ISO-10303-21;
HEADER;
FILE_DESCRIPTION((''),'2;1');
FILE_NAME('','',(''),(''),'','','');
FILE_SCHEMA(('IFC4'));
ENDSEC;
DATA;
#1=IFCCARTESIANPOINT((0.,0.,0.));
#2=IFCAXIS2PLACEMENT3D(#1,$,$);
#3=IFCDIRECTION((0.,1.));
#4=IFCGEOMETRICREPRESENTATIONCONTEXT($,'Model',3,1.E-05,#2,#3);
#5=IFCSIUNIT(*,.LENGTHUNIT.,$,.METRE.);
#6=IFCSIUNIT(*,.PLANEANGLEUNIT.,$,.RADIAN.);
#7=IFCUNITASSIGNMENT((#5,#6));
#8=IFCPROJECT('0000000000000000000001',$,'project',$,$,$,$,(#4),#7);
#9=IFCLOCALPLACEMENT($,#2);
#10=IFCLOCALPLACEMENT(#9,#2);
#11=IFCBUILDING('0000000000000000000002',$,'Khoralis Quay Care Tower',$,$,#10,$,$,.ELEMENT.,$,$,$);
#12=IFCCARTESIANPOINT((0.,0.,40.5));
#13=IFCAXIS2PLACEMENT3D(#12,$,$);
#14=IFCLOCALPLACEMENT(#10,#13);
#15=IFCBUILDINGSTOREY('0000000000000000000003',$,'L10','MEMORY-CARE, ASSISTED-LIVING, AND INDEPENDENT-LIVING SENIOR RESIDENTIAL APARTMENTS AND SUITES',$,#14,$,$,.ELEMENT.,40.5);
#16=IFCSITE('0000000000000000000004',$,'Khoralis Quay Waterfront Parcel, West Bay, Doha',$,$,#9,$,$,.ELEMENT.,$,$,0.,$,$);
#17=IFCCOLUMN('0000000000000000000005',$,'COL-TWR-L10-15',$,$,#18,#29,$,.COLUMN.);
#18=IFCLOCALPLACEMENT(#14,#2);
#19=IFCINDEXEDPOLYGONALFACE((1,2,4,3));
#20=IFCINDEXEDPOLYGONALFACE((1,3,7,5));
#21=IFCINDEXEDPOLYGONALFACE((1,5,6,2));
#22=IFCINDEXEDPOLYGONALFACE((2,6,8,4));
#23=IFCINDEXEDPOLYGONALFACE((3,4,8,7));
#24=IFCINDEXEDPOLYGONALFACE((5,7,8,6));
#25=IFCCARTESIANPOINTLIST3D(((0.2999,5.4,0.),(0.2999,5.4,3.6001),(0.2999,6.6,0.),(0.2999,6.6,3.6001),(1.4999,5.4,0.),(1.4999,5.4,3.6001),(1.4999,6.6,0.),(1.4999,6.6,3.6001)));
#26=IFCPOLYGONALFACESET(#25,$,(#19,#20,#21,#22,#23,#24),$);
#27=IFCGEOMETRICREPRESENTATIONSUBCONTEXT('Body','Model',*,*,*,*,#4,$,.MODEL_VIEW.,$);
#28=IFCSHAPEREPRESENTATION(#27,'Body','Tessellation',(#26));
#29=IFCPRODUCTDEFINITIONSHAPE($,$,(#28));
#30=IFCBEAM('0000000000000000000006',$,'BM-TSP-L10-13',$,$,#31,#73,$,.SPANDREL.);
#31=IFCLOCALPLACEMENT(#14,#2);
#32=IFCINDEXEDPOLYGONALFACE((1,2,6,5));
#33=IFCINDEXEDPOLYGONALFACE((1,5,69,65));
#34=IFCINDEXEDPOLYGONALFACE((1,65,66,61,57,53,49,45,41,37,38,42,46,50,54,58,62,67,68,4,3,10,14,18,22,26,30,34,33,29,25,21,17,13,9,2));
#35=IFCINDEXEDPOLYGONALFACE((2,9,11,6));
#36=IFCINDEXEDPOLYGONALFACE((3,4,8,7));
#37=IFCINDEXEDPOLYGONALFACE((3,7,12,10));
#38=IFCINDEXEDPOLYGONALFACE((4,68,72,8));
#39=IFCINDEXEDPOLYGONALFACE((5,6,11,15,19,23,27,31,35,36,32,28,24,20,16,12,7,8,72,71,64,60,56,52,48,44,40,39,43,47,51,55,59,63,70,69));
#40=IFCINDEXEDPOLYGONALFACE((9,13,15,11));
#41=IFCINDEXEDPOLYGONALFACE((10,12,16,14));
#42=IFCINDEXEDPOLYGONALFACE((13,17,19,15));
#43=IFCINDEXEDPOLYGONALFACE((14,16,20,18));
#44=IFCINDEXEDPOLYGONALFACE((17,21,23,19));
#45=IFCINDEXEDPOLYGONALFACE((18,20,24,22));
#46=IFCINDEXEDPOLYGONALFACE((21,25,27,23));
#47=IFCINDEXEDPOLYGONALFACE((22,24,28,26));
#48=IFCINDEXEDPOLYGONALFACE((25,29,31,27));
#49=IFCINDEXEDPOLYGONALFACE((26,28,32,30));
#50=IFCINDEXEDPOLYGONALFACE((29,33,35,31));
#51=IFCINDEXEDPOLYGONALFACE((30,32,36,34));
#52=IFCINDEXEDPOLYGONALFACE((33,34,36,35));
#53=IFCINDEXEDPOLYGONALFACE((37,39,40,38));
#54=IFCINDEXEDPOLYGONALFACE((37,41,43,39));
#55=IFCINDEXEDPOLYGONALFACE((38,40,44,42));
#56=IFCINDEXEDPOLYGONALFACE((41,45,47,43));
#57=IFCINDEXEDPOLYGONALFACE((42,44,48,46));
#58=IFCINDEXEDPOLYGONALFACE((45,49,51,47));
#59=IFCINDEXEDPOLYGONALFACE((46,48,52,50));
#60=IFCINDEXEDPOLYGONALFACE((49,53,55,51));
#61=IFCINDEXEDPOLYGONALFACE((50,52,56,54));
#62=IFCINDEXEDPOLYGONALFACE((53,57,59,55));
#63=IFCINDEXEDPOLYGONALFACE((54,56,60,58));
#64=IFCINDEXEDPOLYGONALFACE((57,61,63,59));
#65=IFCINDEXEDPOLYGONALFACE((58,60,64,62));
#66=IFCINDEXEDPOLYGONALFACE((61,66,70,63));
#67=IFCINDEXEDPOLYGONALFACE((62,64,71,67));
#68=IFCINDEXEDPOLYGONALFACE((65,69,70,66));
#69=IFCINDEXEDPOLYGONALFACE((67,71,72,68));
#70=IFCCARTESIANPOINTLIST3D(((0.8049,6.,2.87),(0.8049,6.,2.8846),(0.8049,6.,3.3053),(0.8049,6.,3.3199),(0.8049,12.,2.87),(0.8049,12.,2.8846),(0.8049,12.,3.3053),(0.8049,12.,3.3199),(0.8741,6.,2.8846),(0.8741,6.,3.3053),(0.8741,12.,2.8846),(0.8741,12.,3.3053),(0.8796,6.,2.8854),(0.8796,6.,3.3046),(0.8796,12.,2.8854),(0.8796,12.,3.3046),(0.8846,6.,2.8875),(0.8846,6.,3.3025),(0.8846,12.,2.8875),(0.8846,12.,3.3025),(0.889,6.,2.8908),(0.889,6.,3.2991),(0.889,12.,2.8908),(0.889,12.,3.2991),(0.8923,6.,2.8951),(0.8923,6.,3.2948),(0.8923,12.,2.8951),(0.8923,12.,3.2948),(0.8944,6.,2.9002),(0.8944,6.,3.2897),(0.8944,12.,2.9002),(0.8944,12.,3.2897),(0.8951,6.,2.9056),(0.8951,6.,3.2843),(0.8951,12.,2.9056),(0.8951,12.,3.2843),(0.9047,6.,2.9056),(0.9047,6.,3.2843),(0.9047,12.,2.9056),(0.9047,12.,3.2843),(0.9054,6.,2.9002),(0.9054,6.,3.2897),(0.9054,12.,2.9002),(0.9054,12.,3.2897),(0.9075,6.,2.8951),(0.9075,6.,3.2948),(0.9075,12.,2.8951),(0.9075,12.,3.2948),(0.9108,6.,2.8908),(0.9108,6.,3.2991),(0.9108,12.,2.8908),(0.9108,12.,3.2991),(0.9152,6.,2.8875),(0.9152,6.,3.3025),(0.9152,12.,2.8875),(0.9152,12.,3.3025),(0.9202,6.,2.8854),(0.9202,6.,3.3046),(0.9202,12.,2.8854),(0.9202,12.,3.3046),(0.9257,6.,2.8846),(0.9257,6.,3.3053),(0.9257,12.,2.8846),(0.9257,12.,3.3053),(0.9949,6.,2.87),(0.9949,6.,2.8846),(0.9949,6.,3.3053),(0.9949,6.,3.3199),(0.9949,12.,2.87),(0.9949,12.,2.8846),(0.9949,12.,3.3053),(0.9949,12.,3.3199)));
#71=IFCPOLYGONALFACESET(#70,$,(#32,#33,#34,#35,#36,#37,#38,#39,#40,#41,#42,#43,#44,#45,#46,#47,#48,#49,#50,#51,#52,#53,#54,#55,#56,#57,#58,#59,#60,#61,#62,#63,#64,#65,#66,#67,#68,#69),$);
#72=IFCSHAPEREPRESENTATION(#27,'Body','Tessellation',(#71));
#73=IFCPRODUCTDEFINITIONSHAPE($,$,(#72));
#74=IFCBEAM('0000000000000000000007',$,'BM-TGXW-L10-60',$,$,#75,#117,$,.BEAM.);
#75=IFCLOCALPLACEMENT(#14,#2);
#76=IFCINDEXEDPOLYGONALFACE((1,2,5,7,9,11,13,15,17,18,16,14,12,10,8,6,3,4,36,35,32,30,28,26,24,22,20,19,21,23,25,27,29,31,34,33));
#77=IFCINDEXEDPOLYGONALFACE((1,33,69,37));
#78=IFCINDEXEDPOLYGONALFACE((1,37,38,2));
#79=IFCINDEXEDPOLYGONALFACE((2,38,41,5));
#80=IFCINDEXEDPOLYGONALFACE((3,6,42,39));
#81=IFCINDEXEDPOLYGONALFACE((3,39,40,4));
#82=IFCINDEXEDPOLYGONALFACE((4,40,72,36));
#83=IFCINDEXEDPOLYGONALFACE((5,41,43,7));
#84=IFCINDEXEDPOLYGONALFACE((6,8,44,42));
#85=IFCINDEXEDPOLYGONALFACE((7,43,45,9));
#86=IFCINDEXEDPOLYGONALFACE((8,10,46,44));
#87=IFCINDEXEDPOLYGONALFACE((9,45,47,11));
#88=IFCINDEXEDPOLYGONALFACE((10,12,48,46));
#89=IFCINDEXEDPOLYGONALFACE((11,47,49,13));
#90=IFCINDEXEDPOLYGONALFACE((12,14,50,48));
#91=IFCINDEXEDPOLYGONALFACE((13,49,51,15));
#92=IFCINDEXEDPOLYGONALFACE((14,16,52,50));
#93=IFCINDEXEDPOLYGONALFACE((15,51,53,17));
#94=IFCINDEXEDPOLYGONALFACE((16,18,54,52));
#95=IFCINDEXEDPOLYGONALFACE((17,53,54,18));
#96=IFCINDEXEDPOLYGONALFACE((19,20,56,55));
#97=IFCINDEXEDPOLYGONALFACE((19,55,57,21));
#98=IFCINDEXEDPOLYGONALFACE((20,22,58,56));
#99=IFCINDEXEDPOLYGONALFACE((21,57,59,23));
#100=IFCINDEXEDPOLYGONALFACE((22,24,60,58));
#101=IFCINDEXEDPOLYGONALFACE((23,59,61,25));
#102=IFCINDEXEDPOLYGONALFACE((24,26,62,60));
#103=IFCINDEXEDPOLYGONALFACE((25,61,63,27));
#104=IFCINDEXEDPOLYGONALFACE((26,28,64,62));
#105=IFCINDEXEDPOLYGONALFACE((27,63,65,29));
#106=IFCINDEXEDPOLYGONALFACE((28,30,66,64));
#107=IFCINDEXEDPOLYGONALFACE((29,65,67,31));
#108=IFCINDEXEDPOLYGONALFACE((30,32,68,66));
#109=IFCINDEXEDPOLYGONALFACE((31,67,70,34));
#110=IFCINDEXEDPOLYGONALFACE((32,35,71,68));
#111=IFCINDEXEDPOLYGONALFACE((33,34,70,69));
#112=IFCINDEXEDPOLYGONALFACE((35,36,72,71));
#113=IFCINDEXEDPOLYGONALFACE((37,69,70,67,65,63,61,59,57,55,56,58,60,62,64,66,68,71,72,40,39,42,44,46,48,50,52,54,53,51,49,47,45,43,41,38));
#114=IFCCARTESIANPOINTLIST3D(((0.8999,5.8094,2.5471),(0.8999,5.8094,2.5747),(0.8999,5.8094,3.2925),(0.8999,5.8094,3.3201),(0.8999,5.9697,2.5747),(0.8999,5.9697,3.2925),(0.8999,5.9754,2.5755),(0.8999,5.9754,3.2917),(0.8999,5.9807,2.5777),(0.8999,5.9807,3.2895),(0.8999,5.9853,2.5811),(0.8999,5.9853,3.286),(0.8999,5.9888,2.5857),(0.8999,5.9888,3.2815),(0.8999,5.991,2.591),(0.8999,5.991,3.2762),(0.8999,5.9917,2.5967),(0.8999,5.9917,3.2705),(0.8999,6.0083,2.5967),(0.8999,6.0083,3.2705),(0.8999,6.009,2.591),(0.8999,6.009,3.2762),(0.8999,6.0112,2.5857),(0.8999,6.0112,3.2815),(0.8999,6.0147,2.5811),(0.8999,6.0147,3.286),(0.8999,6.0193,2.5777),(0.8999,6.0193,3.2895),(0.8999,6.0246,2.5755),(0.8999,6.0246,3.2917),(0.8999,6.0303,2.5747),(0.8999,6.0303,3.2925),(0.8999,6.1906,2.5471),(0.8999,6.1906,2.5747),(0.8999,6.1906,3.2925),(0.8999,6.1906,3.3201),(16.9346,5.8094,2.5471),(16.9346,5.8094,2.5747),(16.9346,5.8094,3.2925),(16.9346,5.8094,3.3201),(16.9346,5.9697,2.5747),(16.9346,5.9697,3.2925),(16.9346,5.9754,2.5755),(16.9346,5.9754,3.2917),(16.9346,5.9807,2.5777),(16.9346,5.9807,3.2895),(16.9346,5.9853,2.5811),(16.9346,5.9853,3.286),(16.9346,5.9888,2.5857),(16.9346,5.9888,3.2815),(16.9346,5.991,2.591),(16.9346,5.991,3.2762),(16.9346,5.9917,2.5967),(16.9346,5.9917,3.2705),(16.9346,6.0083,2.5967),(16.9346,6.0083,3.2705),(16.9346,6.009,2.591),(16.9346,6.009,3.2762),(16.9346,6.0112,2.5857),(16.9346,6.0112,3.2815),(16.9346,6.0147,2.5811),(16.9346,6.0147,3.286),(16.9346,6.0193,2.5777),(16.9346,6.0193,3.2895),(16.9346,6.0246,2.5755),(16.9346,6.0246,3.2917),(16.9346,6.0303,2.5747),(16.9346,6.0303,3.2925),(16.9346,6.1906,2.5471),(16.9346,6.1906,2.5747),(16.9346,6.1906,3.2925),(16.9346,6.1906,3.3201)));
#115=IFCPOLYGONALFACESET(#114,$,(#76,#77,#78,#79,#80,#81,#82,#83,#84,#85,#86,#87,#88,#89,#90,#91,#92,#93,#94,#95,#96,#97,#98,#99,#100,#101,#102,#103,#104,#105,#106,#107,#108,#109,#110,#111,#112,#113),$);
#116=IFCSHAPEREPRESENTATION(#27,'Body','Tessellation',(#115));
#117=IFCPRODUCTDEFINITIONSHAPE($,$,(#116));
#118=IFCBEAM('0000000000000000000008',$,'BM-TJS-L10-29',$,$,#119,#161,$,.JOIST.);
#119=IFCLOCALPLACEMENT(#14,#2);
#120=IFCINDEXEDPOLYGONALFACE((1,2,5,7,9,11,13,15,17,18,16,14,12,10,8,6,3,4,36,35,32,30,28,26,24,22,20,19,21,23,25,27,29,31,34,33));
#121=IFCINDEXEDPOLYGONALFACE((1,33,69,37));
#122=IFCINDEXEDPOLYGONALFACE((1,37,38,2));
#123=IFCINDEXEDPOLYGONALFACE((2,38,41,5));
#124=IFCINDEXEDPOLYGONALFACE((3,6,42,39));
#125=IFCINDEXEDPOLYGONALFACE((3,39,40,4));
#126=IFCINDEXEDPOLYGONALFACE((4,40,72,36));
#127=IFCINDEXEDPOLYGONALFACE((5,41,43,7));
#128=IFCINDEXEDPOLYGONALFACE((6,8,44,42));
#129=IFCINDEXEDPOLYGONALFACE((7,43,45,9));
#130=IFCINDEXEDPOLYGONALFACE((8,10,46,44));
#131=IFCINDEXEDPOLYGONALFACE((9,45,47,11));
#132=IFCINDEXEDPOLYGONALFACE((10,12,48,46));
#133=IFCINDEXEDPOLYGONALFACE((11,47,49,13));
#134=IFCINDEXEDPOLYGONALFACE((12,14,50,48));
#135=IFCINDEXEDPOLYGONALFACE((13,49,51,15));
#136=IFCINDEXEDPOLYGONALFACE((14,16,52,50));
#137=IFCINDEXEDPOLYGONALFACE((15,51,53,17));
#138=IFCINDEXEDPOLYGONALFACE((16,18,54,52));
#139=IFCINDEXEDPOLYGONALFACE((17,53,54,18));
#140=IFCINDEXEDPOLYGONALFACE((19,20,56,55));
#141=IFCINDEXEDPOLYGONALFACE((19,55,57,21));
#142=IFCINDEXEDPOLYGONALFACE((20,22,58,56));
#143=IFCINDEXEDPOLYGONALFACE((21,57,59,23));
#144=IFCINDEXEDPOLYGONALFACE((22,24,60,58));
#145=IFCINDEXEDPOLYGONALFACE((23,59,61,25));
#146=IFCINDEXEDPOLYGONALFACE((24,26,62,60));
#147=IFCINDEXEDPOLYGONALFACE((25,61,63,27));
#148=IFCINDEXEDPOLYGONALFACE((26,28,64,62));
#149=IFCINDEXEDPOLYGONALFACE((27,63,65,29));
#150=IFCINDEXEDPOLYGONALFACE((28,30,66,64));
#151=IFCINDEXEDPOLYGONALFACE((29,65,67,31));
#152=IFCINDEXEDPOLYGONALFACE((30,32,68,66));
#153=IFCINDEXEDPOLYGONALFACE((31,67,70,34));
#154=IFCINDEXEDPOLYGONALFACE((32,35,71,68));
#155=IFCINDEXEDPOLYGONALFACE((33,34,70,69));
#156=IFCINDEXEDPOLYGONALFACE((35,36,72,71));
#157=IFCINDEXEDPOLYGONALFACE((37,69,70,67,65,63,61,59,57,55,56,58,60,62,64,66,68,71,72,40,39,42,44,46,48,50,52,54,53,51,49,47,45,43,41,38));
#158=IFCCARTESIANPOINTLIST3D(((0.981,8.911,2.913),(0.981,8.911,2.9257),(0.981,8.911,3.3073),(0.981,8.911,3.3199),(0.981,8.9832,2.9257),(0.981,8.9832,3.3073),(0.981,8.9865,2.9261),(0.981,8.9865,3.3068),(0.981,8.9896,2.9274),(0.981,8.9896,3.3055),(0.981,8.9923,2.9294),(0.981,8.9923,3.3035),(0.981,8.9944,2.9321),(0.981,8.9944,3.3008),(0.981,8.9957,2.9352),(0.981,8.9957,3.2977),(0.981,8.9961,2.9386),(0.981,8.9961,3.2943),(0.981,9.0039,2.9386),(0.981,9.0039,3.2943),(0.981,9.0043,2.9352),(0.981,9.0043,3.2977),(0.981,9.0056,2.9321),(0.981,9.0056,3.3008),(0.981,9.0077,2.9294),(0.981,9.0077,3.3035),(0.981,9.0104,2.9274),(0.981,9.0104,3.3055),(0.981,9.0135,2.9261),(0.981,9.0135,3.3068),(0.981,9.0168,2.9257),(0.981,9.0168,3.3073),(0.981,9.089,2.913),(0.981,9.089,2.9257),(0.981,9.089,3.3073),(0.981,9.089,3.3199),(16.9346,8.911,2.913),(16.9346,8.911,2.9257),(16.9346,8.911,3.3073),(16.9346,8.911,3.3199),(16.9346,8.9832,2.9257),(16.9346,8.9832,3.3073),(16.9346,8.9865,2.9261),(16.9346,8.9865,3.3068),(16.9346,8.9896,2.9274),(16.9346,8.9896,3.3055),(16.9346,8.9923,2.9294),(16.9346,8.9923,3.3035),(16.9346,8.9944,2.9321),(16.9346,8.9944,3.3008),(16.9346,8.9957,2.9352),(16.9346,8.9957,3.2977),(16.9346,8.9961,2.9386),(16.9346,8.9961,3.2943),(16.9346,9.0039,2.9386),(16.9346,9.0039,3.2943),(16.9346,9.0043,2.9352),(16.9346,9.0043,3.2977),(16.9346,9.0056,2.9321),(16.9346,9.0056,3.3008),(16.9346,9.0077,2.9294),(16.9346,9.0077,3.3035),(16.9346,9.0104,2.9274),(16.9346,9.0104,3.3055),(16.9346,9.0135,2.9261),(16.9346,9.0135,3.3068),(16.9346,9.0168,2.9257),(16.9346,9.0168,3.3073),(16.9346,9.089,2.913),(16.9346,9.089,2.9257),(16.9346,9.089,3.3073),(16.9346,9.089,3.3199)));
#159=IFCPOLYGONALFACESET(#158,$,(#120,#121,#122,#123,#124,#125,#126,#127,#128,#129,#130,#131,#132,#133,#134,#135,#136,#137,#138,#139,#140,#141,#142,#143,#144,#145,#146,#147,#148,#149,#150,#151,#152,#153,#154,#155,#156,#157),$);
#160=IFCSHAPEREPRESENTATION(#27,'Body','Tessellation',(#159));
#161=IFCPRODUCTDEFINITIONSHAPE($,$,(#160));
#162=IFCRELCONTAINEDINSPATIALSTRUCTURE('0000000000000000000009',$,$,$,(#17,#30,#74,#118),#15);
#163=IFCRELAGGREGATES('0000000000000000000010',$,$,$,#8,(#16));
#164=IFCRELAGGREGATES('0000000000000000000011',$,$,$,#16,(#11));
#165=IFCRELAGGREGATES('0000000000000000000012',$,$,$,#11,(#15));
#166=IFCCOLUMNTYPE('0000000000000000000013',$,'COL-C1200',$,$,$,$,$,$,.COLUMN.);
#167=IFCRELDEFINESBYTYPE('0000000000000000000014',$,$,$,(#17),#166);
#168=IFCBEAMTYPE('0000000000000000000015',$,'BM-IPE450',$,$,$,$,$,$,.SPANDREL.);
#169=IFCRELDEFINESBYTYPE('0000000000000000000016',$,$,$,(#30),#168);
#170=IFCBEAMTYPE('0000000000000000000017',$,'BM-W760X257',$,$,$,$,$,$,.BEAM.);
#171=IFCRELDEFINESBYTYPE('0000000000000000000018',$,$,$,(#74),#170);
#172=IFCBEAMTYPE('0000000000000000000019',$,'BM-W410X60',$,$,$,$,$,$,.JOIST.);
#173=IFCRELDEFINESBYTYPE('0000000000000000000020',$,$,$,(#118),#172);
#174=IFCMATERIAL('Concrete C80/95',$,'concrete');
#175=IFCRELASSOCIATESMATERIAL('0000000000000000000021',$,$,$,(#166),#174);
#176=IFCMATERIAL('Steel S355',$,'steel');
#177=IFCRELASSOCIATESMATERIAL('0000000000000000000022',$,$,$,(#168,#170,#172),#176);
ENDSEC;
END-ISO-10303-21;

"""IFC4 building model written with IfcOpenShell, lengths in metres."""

from ifc_helpers import new_model, si_unit, direction, frame, origin, origin_2d, place, context, subcontext, project, spatial, rectangle, i_section, extrude, source, transform, mapped, material, material_profile, profile_set, type_object, element, save


model = new_model("IFC4")

# Units and contexts
model_context = context("Model", 3, precision=1e-05, world=origin(), true_north=direction((0.0, 1.0)))
body_context = subcontext(model_context, "Body", "Model", "MODEL_VIEW")
ifc_project = project(units=[si_unit("LENGTHUNIT", "METRE"), si_unit("PLANEANGLEUNIT", "RADIAN")], contexts=[model_context])

# Site, building, storey
site_placement = place(None, origin())
site = spatial("IfcSite", under=ifc_project, at=site_placement, Name="Khoralis Quay Waterfront Parcel, West Bay, Doha", CompositionType="ELEMENT", RefElevation=0.0)
building_placement = place(site_placement, origin())
building = spatial("IfcBuilding", under=site, at=building_placement, Name="Khoralis Quay Care Tower", CompositionType="ELEMENT")
storey_placement = place(building_placement, frame((0.0, 0.0, 40.5)))
storey = spatial("IfcBuildingStorey", under=building, at=storey_placement, Name="L10", Description="MEMORY-CARE, ASSISTED-LIVING, AND INDEPENDENT-LIVING SENIOR RESIDENTIAL APARTMENTS AND SUITES", CompositionType="ELEMENT", Elevation=40.5)

# Column
ifc_material_1 = material(Name="Concrete C80/95", Category="concrete")
ifc_material_profile_1 = material_profile(ifc_material_1, rectangle(XDim=1.2, YDim=1.2, at=origin_2d()), Name="Concrete C80/95")
ifc_profile_set_1 = profile_set([ifc_material_profile_1], Name="Concrete C80/95")
column_type = type_object("IfcColumnType", Name="COL-C1200", PredefinedType="COLUMN", material=ifc_profile_set_1)
shared_shape_1 = source(origin(), body_context, "Body", "SweptSolid", [
    extrude(rectangle(XDim=1.2, YDim=1.2, at=origin_2d()), origin(), (0.0, 0.0, 1.0), 3.6001),
])
column_placement = place(storey_placement, frame((0.8999, 6.0, 0.0), z_axis=(0.0, 0.0, 1.0), x_axis=(1.0, 0.0, 0.0)))
element("IfcColumn", 1, at=column_placement, inside=storey, type_object=column_type, Name="COL-TWR-L10-15", PredefinedType="COLUMN", context=body_context, shape_type="MappedRepresentation", body=[
    mapped(shared_shape_1, transform((0.0, 0.0, 0.0), scale=1.0)),
])

# Beams
ifc_material_2 = material(Name="Steel S355", Category="steel")
ifc_material_profile_2 = material_profile(ifc_material_2, i_section(OverallWidth=0.1899, OverallDepth=0.45, WebThickness=0.0095, FlangeThickness=0.0146, FilletRadius=0.021, at=origin_2d()), Name="Steel S355")
ifc_profile_set_2 = profile_set([ifc_material_profile_2], Name="Steel S355")
beam_type_1 = type_object("IfcBeamType", Name="BM-IPE450", PredefinedType="SPANDREL", material=ifc_profile_set_2)
shared_shape_2 = source(origin(), body_context, "Body", "SweptSolid", [
    extrude(i_section(OverallWidth=0.1899, OverallDepth=0.45, WebThickness=0.0095, FlangeThickness=0.0146, FilletRadius=0.021, at=origin_2d()), origin(), (0.0, 0.0, 1.0), 6.0),
])
beam_1_placement = place(storey_placement, frame((0.8999, 6.0, 3.095), z_axis=(0.0, 1.0, 0.0), x_axis=(-1.0, 0.0, 0.0)))
element("IfcBeam", 2, at=beam_1_placement, inside=storey, type_object=beam_type_1, Name="BM-TSP-L10-13", PredefinedType="SPANDREL", context=body_context, shape_type="MappedRepresentation", body=[
    mapped(shared_shape_2, transform((0.0, 0.0, 0.0), scale=1.0)),
])
ifc_material_profile_3 = material_profile(ifc_material_2, i_section(OverallWidth=0.3811, OverallDepth=0.7729, WebThickness=0.0166, FlangeThickness=0.0276, FilletRadius=0.022, at=origin_2d()), Name="Steel S355")
ifc_profile_set_3 = profile_set([ifc_material_profile_3], Name="Steel S355")
beam_type_2 = type_object("IfcBeamType", Name="BM-W760X257", PredefinedType="BEAM", material=ifc_profile_set_3)
shared_shape_3 = source(origin(), body_context, "Body", "SweptSolid", [
    extrude(i_section(OverallWidth=0.3811, OverallDepth=0.7729, WebThickness=0.0166, FlangeThickness=0.0276, FilletRadius=0.022, at=origin_2d()), origin(), (0.0, 0.0, 1.0), 16.0347),
])
beam_2_placement = place(storey_placement, frame((0.8999, 6.0, 2.9336), z_axis=(1.0, 0.0, 0.0), x_axis=(0.0, 1.0, 0.0)))
element("IfcBeam", 3, at=beam_2_placement, inside=storey, type_object=beam_type_2, Name="BM-TGXW-L10-60", PredefinedType="BEAM", context=body_context, shape_type="MappedRepresentation", body=[
    mapped(shared_shape_3, transform((0.0, 0.0, 0.0), scale=1.0)),
])
ifc_material_profile_4 = material_profile(ifc_material_2, i_section(OverallWidth=0.178, OverallDepth=0.407, WebThickness=0.0078, FlangeThickness=0.0127, FilletRadius=0.0129, at=origin_2d()), Name="Steel S355")
ifc_profile_set_4 = profile_set([ifc_material_profile_4], Name="Steel S355")
beam_type_3 = type_object("IfcBeamType", Name="BM-W410X60", PredefinedType="JOIST", material=ifc_profile_set_4)
shared_shape_4 = source(origin(), body_context, "Body", "SweptSolid", [
    extrude(i_section(OverallWidth=0.178, OverallDepth=0.407, WebThickness=0.0078, FlangeThickness=0.0127, FilletRadius=0.0129, at=origin_2d()), origin(), (0.0, 0.0, 1.0), 15.9536),
])
beam_3_placement = place(storey_placement, frame((0.981, 9.0, 3.1165), z_axis=(1.0, 0.0, 0.0), x_axis=(0.0, 1.0, 0.0)))
element("IfcBeam", 4, at=beam_3_placement, inside=storey, type_object=beam_type_3, Name="BM-TJS-L10-29", PredefinedType="JOIST", context=body_context, shape_type="MappedRepresentation", body=[
    mapped(shared_shape_4, transform((0.0, 0.0, 0.0), scale=1.0)),
])

save(model, "model.ifc")
